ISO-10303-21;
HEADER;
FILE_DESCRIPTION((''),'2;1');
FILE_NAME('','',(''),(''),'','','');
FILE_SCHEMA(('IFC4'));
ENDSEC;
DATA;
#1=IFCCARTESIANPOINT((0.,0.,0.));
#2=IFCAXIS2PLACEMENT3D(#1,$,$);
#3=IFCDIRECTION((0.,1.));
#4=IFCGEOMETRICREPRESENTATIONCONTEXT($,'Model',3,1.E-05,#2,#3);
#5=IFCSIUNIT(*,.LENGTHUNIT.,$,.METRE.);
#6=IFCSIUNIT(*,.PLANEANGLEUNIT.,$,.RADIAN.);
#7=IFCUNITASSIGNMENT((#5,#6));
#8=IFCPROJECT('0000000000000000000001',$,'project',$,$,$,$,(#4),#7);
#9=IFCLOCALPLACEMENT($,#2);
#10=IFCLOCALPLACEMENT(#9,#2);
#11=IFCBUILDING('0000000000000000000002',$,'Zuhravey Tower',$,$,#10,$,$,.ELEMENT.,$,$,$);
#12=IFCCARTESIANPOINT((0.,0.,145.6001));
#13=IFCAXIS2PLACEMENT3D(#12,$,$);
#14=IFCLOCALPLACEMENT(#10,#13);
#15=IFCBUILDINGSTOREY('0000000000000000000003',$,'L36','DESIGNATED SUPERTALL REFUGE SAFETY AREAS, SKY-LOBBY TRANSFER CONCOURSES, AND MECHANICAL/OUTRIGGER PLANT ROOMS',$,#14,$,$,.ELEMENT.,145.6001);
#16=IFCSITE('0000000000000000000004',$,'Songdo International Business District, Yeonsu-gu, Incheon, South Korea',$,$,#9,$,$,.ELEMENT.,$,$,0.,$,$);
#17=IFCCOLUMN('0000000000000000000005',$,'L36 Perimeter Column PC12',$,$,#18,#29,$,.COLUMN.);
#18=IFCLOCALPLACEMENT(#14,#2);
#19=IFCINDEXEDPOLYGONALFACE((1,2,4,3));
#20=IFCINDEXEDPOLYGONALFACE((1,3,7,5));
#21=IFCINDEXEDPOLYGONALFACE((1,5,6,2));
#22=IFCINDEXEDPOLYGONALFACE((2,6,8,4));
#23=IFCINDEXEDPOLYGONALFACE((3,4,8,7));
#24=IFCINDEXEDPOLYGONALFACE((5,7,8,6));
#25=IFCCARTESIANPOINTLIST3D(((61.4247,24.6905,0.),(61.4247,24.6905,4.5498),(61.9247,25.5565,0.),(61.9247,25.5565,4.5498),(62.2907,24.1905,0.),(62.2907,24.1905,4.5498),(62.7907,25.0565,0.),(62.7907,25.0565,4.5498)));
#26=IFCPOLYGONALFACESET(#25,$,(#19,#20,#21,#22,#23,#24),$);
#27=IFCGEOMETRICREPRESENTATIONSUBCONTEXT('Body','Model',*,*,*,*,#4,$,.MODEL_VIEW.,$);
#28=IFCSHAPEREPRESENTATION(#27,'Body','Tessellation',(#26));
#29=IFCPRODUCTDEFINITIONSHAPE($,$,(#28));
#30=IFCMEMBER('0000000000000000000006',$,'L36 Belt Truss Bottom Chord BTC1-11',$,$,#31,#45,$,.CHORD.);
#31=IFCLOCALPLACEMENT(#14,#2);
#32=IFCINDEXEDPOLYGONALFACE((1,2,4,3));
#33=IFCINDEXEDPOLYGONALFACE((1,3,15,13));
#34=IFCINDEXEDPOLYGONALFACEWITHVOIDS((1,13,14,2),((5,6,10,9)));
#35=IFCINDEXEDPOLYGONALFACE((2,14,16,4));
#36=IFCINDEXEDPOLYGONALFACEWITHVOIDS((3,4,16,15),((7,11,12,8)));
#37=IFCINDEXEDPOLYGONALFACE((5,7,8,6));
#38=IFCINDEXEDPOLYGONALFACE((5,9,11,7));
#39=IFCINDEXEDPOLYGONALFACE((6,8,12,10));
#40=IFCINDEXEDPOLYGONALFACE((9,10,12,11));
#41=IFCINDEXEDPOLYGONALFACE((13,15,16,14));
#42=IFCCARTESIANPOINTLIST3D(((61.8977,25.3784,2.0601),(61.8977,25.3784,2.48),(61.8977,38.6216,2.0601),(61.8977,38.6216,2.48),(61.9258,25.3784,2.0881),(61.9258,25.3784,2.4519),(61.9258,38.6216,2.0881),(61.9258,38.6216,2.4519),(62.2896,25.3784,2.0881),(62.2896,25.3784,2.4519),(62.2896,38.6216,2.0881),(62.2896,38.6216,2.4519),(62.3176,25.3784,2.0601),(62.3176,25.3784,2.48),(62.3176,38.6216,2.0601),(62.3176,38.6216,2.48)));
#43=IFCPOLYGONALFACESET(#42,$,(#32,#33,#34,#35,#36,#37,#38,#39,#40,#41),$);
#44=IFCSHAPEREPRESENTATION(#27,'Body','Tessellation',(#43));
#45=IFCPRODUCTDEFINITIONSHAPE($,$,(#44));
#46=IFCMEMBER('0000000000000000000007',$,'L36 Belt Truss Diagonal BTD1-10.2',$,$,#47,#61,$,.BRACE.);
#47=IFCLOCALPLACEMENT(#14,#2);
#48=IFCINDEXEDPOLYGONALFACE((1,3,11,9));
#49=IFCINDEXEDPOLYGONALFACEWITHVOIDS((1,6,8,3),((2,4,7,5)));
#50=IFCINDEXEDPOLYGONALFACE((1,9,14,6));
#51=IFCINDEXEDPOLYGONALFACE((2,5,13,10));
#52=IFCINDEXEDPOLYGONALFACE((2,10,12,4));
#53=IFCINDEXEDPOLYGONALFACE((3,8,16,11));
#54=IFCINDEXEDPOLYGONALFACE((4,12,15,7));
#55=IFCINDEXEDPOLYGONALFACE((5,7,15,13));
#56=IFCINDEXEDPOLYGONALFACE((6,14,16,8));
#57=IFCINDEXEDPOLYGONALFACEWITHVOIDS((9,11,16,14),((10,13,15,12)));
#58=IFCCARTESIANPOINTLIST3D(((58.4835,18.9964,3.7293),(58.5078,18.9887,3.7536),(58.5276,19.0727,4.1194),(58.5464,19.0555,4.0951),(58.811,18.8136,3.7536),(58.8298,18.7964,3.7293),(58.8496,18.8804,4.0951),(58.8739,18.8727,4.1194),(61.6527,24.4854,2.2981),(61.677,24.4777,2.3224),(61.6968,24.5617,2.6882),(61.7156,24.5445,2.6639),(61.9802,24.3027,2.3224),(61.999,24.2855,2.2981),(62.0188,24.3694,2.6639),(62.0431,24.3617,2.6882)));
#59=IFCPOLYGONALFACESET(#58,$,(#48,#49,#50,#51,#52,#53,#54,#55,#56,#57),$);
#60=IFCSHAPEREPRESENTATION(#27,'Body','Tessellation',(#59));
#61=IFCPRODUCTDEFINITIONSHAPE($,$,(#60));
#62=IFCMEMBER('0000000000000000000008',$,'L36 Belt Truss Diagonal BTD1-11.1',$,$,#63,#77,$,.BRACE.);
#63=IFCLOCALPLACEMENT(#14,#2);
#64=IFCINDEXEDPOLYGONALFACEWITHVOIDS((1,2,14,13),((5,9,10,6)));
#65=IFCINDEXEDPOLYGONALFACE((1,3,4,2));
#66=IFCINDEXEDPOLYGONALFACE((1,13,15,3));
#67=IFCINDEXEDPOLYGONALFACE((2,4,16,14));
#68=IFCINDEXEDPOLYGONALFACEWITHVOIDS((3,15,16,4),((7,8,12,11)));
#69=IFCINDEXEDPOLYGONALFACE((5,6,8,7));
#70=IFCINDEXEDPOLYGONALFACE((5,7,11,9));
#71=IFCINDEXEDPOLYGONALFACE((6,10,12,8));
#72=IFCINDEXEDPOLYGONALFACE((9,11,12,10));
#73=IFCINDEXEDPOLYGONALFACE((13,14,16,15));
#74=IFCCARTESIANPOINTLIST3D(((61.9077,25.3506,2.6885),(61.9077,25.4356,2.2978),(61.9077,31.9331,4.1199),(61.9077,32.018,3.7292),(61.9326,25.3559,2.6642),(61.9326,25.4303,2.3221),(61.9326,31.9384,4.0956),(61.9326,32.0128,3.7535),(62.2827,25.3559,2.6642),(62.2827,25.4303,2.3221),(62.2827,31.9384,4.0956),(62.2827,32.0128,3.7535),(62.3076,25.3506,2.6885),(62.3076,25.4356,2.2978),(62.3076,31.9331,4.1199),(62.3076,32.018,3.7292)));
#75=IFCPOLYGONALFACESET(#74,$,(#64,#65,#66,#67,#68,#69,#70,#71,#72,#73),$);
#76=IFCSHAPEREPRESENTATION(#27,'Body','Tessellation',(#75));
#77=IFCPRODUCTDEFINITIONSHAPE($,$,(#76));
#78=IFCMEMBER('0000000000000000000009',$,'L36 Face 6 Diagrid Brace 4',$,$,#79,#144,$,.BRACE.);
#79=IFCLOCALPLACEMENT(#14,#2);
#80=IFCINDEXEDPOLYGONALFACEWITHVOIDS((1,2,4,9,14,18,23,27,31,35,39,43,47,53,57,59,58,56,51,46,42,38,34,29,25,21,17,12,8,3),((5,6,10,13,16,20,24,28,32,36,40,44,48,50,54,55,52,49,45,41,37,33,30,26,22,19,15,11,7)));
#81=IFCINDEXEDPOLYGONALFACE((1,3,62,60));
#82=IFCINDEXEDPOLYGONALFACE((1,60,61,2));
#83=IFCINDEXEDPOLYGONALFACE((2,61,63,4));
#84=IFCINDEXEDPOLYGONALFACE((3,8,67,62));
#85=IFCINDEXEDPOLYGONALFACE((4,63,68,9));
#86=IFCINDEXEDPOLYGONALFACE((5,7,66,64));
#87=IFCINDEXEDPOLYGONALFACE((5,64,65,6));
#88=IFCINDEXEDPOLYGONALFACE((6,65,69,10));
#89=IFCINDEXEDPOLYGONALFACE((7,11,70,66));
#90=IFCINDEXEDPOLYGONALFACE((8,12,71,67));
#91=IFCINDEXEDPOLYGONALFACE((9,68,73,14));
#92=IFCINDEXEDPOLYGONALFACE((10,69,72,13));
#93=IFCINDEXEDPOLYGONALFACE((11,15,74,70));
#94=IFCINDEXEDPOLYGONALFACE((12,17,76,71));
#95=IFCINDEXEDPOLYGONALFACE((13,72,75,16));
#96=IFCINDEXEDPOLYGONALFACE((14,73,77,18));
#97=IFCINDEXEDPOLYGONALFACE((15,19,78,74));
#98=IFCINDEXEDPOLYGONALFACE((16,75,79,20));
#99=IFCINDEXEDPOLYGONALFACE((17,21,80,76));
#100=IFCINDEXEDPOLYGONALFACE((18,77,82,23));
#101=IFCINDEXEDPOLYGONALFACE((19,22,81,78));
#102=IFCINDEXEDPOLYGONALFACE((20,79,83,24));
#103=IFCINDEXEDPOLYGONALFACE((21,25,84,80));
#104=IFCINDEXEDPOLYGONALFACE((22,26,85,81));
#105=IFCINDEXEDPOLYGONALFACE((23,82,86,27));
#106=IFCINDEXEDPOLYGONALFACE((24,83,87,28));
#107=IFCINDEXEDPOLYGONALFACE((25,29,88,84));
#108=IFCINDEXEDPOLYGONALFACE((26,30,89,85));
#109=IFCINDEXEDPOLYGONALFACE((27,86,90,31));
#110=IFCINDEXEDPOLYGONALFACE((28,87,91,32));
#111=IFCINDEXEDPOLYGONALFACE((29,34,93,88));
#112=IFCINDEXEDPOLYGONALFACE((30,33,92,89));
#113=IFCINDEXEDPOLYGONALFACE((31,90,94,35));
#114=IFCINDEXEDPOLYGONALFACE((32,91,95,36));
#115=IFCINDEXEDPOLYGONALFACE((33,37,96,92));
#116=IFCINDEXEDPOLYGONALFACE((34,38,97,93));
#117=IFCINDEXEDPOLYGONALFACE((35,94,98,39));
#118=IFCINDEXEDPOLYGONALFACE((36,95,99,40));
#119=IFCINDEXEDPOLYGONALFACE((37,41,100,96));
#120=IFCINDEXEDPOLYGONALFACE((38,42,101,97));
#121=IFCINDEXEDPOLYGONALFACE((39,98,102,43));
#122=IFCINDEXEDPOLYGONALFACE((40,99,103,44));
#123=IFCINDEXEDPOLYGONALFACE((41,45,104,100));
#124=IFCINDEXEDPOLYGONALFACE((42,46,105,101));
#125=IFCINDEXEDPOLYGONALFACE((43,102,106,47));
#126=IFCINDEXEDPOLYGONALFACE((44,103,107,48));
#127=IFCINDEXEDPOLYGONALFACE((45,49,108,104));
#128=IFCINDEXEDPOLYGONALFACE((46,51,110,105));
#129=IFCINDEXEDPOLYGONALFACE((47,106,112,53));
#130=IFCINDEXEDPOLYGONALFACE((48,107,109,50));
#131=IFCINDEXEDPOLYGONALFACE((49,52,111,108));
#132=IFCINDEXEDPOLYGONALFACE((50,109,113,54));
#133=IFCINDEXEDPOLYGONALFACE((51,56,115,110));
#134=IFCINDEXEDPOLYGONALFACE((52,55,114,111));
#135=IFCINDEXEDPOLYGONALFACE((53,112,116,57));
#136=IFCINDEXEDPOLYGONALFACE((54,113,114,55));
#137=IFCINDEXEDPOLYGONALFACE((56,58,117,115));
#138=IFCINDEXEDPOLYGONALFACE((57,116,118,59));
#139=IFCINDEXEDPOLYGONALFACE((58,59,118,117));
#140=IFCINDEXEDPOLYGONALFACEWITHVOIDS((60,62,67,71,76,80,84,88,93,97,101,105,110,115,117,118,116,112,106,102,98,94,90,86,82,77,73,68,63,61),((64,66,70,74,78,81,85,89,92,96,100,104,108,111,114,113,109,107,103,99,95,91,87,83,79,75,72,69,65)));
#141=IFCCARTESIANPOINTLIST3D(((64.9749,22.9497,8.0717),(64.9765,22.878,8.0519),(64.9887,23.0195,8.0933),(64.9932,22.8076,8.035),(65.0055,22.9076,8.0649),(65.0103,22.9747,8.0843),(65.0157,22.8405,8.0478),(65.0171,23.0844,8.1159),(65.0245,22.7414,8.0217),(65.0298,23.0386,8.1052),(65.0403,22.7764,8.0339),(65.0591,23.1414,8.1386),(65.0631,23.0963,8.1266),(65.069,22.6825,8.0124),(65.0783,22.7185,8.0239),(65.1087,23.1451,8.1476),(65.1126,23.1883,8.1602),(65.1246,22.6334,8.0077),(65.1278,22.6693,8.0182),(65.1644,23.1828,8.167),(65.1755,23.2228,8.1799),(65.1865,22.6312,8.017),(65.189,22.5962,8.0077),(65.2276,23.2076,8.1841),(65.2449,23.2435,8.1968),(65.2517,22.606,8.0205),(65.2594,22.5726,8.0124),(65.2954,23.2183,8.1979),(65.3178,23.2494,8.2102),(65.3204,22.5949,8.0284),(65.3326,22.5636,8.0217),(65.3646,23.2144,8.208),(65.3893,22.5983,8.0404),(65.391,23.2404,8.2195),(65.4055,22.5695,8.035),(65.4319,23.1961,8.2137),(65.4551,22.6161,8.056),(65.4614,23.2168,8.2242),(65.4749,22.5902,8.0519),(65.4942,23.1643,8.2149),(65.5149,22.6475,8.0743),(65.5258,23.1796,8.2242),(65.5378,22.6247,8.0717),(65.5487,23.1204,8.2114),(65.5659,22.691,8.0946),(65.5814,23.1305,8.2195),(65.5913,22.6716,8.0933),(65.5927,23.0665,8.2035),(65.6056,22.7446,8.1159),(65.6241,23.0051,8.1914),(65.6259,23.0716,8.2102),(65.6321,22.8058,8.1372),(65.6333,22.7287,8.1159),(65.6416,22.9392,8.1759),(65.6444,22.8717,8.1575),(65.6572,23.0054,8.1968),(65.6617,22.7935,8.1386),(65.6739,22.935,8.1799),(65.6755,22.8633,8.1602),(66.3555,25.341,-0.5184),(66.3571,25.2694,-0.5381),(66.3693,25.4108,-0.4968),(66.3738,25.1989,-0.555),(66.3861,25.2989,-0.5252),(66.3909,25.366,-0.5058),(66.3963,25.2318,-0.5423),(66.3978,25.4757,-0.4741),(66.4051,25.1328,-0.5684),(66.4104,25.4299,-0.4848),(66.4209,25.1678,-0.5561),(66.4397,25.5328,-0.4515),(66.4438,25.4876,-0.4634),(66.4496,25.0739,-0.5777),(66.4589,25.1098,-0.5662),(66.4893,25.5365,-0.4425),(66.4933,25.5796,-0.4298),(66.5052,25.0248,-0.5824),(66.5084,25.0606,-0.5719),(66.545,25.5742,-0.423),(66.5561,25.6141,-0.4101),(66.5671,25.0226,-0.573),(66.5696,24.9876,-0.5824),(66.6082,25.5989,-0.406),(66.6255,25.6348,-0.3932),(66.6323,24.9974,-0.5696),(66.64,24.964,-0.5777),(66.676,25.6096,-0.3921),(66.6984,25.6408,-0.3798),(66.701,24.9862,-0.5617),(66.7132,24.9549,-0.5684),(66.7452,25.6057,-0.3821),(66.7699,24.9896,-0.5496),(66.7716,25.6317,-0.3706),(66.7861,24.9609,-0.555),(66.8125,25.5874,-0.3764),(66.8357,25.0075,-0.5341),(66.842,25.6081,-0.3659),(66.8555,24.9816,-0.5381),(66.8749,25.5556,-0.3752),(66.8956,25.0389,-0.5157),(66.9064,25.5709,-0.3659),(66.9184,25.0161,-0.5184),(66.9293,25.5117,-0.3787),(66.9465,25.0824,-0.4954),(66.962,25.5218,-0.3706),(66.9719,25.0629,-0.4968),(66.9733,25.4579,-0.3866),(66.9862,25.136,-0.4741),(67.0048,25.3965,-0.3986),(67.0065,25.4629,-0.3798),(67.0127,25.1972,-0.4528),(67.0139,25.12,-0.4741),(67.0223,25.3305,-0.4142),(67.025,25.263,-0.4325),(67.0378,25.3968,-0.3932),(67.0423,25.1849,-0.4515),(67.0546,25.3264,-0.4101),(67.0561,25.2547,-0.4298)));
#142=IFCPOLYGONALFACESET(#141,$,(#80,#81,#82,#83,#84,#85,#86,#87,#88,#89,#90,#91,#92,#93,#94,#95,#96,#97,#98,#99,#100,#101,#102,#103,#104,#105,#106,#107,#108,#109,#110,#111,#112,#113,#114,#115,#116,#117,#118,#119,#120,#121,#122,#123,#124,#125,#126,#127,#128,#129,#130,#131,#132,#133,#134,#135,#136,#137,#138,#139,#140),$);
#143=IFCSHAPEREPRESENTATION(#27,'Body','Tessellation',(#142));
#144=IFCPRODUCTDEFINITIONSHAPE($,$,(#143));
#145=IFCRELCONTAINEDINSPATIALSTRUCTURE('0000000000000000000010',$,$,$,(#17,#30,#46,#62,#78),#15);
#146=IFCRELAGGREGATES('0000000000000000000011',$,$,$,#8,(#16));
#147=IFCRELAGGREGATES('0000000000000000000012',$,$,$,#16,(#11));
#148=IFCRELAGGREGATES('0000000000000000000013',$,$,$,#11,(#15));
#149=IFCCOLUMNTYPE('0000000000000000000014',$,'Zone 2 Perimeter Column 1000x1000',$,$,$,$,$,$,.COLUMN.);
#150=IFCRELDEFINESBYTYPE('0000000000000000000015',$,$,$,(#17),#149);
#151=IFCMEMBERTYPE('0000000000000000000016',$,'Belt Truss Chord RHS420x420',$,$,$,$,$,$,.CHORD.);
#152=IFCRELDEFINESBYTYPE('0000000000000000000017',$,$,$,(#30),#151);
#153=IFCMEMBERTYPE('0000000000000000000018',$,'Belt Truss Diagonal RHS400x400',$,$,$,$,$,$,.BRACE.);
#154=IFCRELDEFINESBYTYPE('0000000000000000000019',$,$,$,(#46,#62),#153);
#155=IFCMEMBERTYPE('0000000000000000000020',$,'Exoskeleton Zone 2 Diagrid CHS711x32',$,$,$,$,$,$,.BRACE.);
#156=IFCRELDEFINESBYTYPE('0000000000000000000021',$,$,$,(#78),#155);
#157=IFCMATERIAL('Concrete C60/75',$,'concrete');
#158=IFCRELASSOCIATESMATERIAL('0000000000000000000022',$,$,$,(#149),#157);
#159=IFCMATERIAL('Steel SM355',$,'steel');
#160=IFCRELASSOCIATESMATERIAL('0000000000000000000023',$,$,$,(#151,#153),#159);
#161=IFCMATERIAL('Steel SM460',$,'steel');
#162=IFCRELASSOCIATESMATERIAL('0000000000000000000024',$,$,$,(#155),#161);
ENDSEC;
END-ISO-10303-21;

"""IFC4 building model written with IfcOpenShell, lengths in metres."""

from ifc_helpers import new_model, si_unit, direction, frame, origin, origin_2d, place, context, subcontext, project, spatial, rectangle, hollow_rectangle, hollow_circle, extrude, material, material_profile, profile_set, type_object, element, save


model = new_model("IFC4")

# Units and contexts
model_context = context("Model", 3, precision=1e-05, world=origin(), true_north=direction((0.0, 1.0)))
body_context = subcontext(model_context, "Body", "Model", "MODEL_VIEW")
ifc_project = project(units=[si_unit("LENGTHUNIT", "METRE"), si_unit("PLANEANGLEUNIT", "RADIAN")], contexts=[model_context])

# Site, building, storey
site_placement = place(None, origin())
site = spatial("IfcSite", under=ifc_project, at=site_placement, Name="Songdo International Business District, Yeonsu-gu, Incheon, South Korea", CompositionType="ELEMENT", RefElevation=0.0)
building_placement = place(site_placement, origin())
building = spatial("IfcBuilding", under=site, at=building_placement, Name="Zuhravey Tower", CompositionType="ELEMENT")
storey_placement = place(building_placement, frame((0.0, 0.0, 145.6001)))
storey = spatial("IfcBuildingStorey", under=building, at=storey_placement, Name="L36", Description="DESIGNATED SUPERTALL REFUGE SAFETY AREAS, SKY-LOBBY TRANSFER CONCOURSES, AND MECHANICAL/OUTRIGGER PLANT ROOMS", CompositionType="ELEMENT", Elevation=145.6001)

# Column
ifc_material_1 = material(Name="Concrete C60/75", Category="concrete")
ifc_material_profile_1 = material_profile(ifc_material_1, rectangle(XDim=1.0, YDim=1.0, at=origin_2d()), Name="RC-1000x1000")
ifc_profile_set_1 = profile_set([ifc_material_profile_1], Name="Concrete C60/75")
column_type = type_object("IfcColumnType", Name="Zone 2 Perimeter Column 1000x1000", PredefinedType="COLUMN", material=ifc_profile_set_1)
column_placement = place(storey_placement, frame((62.1077, 24.8735, 0.0), z_axis=(0.0, 0.0, 1.0), x_axis=(0.5, 0.866025, 0.0)))
element("IfcColumn", 1, at=column_placement, inside=storey, type_object=column_type, Name="L36 Perimeter Column PC12", PredefinedType="COLUMN", context=body_context, shape_type="SweptSolid", body=[
    extrude(rectangle(XDim=1.0, YDim=1.0, at=origin_2d()), origin(), (0.0, 0.0, 1.0), 4.5498),
])

# Members
ifc_material_2 = material(Name="Steel SM355", Category="steel")
ifc_material_profile_2 = material_profile(ifc_material_2, hollow_rectangle(XDim=0.4199, YDim=0.4199, WallThickness=0.0281, at=origin_2d()), Name="RHS-420x420x28")
ifc_profile_set_2 = profile_set([ifc_material_profile_2], Name="Steel SM355")
member_type_1 = type_object("IfcMemberType", Name="Belt Truss Chord RHS420x420", PredefinedType="CHORD", material=ifc_profile_set_2)
member_1_placement = place(storey_placement, frame((62.1077, 25.3784, 2.27), z_axis=(0.0, 1.0, 0.0), x_axis=(-1.0, 0.0, 0.0)))
element("IfcMember", 2, at=member_1_placement, inside=storey, type_object=member_type_1, Name="L36 Belt Truss Bottom Chord BTC1-11", PredefinedType="CHORD", context=body_context, shape_type="SweptSolid", body=[
    extrude(hollow_rectangle(XDim=0.4199, YDim=0.4199, WallThickness=0.0281, at=origin_2d()), origin(), (0.0, 0.0, 1.0), 13.2432),
])
ifc_material_profile_3 = material_profile(ifc_material_2, hollow_rectangle(XDim=0.3999, YDim=0.3999, WallThickness=0.0249, at=origin_2d()), Name="RHS-400x400x25")
ifc_profile_set_3 = profile_set([ifc_material_profile_3], Name="Steel SM355")
member_type_2 = type_object("IfcMemberType", Name="Belt Truss Diagonal RHS400x400", PredefinedType="BRACE", material=ifc_profile_set_3)
member_2_placement = place(storey_placement, frame((61.8479, 24.4236, 2.4932), z_axis=(-0.487734, -0.844751, 0.220252), x_axis=(0.866018, -0.500013, 0.0)))
element("IfcMember", 3, at=member_2_placement, inside=storey, type_object=member_type_2, Name="L36 Belt Truss Diagonal BTD1-10.2", PredefinedType="BRACE", context=body_context, shape_type="SweptSolid", body=[
    extrude(hollow_rectangle(XDim=0.3999, YDim=0.3999, WallThickness=0.0249, at=origin_2d()), origin(), (0.0, 0.0, 1.0), 6.4978),
])
member_3_placement = place(storey_placement, frame((62.1077, 25.3931, 2.4932), z_axis=(0.0, 0.977164, 0.212488), x_axis=(-1.0, 0.0, 0.0)))
element("IfcMember", 4, at=member_3_placement, inside=storey, type_object=member_type_2, Name="L36 Belt Truss Diagonal BTD1-11.1", PredefinedType="BRACE", context=body_context, shape_type="SweptSolid", body=[
    extrude(hollow_rectangle(XDim=0.3999, YDim=0.3999, WallThickness=0.0249, at=origin_2d()), origin(), (0.0, 0.0, 1.0), 6.7363),
])
ifc_material_3 = material(Name="Steel SM460", Category="steel")
ifc_material_profile_4 = material_profile(ifc_material_3, hollow_circle(Radius=0.3557, WallThickness=0.032, at=origin_2d()), Name="CHS-711.2x32")
ifc_profile_set_4 = profile_set([ifc_material_profile_4], Name="Steel SM460")
member_type_3 = type_object("IfcMemberType", Name="Exoskeleton Zone 2 Diagrid CHS711x32", PredefinedType="BRACE", material=ifc_profile_set_4)
member_4_placement = place(storey_placement, frame((66.7058, 25.2979, -0.4741), z_axis=(-0.153011, -0.265029, 0.952023), x_axis=(0.866031, -0.49999, 0.0)))
element("IfcMember", 5, at=member_4_placement, inside=storey, type_object=member_type_3, Name="L36 Face 6 Diagrid Brace 4", PredefinedType="BRACE", context=body_context, shape_type="SweptSolid", body=[
    extrude(hollow_circle(Radius=0.3557, WallThickness=0.032, at=origin_2d()), origin(), (0.0, 0.0, 1.0), 9.0229),
])

save(model, "model.ifc")
